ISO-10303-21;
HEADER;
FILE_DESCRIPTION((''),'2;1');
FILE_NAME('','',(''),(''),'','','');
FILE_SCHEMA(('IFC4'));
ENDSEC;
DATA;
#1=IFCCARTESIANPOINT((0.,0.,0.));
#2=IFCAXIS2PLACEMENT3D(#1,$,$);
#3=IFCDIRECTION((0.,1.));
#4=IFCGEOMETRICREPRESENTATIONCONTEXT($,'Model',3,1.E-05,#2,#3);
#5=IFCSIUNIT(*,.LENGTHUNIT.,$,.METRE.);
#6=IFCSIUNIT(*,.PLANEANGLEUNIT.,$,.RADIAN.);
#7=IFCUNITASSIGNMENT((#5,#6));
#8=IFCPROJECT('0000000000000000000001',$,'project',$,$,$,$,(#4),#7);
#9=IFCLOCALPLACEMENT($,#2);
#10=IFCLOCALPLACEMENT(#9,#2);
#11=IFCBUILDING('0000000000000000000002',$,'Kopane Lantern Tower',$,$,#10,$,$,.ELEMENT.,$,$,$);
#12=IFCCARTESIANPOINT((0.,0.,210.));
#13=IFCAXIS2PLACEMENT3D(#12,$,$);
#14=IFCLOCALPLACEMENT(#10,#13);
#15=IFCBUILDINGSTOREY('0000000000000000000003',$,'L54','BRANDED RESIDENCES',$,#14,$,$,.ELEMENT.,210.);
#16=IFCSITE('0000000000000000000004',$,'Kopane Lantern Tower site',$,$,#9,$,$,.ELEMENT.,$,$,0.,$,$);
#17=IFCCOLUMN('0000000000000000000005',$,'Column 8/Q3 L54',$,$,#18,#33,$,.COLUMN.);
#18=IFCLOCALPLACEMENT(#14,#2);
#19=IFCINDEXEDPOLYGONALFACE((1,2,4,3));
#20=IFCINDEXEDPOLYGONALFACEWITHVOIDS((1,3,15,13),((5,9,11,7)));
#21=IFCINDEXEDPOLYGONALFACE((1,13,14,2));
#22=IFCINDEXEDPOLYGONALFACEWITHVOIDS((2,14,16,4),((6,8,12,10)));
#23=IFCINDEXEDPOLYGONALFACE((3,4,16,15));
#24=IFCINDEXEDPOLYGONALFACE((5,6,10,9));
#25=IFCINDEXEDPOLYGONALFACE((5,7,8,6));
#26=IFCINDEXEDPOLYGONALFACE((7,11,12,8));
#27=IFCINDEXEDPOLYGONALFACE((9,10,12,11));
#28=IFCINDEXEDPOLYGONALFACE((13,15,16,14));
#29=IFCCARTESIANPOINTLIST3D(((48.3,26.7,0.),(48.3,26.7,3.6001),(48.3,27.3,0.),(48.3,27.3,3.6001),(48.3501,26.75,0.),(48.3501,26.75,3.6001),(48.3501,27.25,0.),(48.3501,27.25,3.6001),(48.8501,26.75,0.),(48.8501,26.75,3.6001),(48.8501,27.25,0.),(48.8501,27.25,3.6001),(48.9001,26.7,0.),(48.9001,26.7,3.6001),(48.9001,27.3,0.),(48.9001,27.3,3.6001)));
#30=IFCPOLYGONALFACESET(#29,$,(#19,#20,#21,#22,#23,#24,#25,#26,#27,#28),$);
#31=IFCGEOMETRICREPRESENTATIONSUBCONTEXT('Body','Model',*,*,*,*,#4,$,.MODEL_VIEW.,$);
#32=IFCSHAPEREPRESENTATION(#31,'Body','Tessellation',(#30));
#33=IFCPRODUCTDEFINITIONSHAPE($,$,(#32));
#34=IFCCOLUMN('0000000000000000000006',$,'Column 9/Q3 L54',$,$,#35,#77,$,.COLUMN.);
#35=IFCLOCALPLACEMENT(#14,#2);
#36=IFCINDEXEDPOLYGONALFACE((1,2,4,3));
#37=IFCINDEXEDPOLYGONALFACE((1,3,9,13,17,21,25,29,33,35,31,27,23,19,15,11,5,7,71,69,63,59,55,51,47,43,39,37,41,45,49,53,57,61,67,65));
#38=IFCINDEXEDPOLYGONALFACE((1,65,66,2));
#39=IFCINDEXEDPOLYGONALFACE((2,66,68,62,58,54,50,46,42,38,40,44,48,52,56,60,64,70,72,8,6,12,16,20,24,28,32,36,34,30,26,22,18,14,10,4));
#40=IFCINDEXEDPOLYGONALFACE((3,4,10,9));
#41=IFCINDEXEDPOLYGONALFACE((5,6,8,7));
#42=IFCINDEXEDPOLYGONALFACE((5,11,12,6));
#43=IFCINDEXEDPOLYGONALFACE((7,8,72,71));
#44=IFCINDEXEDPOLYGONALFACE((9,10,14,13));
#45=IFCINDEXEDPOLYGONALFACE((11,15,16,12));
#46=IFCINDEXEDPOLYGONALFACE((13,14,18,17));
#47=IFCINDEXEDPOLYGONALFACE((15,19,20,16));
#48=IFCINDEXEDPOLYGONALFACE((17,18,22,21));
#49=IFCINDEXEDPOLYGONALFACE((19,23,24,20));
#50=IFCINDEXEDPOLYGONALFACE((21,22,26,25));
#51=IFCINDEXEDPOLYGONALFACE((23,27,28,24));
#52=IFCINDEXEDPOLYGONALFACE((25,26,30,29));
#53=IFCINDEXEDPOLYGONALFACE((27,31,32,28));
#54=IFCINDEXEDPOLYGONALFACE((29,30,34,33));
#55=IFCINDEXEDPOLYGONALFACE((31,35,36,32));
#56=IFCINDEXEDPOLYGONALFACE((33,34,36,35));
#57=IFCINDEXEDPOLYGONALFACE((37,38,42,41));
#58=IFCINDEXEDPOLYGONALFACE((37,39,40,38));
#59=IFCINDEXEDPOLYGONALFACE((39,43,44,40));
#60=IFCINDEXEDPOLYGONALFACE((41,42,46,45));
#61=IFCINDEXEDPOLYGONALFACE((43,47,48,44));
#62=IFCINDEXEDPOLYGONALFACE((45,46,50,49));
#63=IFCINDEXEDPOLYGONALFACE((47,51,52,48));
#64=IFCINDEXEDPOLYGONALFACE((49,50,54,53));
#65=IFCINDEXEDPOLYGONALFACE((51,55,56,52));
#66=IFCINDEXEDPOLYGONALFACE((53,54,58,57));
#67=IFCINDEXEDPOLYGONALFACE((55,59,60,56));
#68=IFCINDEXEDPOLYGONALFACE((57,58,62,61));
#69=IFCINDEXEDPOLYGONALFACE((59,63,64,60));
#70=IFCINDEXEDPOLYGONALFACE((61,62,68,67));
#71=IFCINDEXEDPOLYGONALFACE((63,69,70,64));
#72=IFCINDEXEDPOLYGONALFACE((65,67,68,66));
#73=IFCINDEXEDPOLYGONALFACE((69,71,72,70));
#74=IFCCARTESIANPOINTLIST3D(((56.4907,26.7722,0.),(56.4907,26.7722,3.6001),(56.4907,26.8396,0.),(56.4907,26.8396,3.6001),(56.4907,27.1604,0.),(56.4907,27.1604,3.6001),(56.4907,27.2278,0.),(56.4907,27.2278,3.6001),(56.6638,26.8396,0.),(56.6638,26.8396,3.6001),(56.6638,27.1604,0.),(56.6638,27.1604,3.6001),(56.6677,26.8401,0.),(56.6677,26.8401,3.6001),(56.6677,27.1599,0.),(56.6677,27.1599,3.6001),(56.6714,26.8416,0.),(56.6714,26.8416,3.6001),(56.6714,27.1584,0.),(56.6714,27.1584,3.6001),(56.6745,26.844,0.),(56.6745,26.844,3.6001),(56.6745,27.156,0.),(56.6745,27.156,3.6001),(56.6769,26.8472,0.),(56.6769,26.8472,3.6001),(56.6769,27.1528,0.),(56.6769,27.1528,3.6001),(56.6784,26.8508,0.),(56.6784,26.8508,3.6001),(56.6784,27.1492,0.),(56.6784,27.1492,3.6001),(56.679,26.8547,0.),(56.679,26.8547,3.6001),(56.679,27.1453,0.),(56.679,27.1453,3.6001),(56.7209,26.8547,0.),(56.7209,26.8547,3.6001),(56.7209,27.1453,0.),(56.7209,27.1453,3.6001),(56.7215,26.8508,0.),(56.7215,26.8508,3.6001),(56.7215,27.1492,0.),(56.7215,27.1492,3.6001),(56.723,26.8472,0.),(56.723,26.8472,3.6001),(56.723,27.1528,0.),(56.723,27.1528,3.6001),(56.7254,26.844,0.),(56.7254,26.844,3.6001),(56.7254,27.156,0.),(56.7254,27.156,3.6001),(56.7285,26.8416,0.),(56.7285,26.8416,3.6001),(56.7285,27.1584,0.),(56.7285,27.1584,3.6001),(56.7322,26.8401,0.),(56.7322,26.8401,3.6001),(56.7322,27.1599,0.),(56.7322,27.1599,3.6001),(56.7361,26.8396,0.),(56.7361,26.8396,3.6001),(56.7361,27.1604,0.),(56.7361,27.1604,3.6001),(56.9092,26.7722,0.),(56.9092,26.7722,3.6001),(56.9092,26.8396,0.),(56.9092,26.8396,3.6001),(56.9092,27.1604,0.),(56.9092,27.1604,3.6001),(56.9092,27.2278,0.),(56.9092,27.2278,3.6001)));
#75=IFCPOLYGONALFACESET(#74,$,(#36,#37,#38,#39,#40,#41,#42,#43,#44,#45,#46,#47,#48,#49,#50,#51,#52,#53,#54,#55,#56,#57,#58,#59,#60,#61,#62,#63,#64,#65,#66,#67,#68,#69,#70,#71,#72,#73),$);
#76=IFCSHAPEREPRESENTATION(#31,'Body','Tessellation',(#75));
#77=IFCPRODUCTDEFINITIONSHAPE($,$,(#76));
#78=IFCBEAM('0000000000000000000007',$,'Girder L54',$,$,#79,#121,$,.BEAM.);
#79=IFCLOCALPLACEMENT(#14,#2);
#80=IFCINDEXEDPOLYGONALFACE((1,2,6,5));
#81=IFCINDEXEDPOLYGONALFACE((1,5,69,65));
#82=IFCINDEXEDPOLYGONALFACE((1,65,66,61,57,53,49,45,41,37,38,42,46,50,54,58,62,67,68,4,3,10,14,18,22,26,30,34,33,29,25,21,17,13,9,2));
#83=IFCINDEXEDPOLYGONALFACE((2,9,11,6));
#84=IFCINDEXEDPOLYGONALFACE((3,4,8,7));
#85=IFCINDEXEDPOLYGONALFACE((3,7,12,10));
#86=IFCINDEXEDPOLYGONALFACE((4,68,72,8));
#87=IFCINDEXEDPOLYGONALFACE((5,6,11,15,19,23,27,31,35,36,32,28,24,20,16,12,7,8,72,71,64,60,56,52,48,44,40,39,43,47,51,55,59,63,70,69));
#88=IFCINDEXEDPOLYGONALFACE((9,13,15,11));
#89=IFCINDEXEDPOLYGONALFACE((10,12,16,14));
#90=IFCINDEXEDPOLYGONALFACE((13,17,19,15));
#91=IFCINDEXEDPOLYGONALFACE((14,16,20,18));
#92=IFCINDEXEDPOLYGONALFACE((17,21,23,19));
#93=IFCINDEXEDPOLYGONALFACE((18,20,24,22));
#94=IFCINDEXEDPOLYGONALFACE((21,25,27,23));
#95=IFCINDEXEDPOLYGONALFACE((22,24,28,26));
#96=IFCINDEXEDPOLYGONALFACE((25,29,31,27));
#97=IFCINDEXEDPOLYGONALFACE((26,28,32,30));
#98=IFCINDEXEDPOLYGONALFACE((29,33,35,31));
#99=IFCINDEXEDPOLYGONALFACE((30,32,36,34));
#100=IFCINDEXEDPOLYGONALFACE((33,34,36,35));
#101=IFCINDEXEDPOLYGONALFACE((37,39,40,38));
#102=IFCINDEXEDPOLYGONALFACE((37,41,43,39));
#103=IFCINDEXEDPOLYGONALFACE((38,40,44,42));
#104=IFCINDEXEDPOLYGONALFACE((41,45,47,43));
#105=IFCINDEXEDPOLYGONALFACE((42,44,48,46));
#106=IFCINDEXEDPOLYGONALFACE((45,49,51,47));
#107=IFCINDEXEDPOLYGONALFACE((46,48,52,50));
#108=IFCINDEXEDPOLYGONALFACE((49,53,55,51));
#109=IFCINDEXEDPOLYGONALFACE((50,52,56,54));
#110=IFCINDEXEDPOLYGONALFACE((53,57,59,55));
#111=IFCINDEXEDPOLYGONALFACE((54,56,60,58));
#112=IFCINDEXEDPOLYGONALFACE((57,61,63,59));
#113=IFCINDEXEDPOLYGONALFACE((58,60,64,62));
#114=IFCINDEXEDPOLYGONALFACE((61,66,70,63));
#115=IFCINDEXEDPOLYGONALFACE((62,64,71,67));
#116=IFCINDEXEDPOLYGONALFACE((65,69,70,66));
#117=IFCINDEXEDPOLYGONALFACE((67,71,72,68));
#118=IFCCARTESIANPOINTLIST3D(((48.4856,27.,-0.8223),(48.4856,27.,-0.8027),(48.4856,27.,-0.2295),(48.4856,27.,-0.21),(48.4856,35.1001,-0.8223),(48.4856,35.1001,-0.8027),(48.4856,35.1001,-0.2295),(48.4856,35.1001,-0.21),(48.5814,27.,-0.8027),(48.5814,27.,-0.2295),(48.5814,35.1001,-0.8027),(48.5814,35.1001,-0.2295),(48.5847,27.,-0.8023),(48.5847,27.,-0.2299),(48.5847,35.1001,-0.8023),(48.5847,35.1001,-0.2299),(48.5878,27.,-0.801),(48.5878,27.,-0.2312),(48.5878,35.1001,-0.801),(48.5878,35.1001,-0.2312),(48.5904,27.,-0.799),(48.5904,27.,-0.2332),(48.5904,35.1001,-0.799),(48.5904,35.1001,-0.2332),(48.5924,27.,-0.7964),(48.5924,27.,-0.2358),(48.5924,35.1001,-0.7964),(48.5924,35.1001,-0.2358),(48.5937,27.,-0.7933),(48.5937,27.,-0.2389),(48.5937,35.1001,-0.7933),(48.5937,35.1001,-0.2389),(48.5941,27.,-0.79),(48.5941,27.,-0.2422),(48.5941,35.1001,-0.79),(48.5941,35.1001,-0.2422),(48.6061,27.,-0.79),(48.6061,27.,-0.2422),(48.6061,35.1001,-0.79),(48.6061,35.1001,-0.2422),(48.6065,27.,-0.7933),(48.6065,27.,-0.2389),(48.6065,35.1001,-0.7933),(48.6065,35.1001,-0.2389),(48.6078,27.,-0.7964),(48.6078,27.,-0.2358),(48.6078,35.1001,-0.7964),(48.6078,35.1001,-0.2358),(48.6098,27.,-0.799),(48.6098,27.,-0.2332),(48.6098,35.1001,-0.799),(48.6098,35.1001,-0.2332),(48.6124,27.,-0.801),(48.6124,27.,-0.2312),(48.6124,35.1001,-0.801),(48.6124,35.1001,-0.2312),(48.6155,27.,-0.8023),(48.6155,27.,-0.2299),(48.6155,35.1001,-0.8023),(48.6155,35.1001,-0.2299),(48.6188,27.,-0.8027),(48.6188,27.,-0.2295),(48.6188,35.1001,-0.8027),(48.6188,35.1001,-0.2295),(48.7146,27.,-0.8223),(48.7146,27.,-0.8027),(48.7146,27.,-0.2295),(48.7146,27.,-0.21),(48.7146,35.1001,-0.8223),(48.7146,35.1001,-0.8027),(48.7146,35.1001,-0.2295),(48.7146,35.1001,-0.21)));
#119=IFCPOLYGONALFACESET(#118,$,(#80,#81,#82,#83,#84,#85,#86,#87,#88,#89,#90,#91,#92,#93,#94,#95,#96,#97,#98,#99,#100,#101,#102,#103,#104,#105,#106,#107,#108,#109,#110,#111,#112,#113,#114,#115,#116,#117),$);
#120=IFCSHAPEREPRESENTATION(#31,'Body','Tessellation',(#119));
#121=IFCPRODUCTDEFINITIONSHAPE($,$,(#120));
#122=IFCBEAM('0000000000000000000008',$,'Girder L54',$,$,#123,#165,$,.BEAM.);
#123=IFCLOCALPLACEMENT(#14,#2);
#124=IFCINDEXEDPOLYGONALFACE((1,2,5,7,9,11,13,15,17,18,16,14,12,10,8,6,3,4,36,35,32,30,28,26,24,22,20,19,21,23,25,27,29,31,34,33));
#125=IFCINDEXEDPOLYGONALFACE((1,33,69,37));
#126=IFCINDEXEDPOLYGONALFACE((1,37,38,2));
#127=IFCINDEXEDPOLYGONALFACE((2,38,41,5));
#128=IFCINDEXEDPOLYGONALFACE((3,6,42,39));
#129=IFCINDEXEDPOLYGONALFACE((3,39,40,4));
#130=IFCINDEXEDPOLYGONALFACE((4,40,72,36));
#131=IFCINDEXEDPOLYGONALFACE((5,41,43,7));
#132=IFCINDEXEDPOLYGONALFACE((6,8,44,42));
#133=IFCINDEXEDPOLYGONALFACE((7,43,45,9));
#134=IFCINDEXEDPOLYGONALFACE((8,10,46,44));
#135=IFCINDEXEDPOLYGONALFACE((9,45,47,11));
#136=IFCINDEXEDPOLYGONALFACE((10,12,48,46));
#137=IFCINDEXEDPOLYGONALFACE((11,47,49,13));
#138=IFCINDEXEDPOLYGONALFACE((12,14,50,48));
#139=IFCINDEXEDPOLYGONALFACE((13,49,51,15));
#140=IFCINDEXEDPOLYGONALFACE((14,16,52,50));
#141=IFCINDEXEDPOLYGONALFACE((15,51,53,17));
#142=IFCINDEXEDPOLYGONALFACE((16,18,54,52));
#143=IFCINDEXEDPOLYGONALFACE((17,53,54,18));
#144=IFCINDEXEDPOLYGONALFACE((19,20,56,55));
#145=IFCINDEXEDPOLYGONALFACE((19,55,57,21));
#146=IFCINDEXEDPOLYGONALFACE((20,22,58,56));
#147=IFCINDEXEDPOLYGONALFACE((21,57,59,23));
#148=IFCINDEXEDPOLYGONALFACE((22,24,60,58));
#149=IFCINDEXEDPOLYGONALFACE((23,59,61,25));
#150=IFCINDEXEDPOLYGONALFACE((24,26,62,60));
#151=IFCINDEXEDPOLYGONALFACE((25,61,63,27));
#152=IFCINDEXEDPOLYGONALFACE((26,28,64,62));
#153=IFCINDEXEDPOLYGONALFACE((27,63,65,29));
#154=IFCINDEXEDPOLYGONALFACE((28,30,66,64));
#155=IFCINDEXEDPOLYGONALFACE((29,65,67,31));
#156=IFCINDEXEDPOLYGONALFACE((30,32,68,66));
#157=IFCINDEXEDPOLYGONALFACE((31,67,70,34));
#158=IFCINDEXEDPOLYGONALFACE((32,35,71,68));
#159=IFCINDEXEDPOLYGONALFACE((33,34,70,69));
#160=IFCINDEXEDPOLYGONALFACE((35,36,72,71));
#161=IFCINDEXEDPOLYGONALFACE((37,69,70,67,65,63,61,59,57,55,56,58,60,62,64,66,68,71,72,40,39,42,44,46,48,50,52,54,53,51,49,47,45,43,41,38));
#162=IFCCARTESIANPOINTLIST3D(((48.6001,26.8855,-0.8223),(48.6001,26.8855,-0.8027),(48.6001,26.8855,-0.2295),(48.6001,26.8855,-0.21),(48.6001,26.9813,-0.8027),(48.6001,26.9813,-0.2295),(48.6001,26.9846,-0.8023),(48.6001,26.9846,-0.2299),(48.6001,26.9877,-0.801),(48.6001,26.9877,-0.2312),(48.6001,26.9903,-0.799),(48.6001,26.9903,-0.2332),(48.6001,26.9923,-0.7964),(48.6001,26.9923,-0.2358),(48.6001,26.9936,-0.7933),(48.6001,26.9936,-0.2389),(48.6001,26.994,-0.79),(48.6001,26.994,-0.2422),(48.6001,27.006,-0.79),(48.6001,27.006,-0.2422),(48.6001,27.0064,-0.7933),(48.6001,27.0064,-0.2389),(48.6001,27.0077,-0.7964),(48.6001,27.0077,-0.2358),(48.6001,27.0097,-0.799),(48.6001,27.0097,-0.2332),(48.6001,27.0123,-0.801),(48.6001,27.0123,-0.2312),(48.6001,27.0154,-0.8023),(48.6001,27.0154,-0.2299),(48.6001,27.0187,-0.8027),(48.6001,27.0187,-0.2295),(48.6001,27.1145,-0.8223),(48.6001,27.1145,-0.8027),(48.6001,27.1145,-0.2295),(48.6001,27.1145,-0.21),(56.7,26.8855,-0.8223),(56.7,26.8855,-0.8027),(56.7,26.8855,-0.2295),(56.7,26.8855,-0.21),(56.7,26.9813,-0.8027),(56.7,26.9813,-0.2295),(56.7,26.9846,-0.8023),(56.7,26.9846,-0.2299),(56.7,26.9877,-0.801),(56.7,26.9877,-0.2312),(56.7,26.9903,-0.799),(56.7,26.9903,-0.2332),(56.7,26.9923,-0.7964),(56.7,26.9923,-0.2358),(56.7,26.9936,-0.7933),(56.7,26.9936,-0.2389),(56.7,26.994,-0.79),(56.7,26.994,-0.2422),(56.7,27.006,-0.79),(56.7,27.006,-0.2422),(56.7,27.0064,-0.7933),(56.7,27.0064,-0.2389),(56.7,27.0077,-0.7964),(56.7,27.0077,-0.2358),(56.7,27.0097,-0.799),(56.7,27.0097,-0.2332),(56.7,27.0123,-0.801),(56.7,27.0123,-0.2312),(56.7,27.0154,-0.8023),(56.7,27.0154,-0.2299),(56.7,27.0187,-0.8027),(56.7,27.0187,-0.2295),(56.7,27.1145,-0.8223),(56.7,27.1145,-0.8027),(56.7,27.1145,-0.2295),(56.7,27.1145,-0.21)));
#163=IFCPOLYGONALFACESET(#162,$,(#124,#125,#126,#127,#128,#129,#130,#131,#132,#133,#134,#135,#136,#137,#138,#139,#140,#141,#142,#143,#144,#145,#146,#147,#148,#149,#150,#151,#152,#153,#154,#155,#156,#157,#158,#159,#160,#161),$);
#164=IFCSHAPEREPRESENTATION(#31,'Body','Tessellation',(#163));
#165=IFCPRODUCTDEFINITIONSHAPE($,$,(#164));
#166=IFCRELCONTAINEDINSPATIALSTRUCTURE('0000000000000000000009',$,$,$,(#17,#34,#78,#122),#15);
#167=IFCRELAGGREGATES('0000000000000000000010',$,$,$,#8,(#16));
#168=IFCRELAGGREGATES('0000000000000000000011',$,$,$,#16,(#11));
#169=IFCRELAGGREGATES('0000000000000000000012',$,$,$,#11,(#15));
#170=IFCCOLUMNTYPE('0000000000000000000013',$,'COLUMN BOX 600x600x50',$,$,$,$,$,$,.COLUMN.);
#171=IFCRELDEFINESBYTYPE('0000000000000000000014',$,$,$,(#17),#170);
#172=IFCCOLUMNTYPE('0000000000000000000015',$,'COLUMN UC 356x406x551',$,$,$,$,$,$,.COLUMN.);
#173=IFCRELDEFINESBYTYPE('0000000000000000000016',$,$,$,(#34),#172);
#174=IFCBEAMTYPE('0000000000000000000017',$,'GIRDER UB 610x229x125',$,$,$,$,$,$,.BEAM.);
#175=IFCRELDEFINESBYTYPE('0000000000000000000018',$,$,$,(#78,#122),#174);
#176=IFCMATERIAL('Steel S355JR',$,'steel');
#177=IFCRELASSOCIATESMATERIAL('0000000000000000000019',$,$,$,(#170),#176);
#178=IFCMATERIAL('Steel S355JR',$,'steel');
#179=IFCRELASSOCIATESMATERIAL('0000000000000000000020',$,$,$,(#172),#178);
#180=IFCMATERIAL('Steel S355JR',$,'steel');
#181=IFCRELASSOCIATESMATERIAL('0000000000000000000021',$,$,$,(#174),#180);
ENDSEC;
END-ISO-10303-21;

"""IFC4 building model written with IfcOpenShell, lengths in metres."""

from ifc_helpers import new_model, si_unit, direction, frame, origin, origin_2d, place, context, subcontext, project, spatial, hollow_rectangle, i_section, extrude, material, material_profile, profile_set, type_object, element, save


model = new_model("IFC4")

# Units and contexts
model_context = context("Model", 3, precision=1e-05, world=origin(), true_north=direction((0.0, 1.0)))
body_context = subcontext(model_context, "Body", "Model", "MODEL_VIEW")
ifc_project = project(units=[si_unit("LENGTHUNIT", "METRE"), si_unit("PLANEANGLEUNIT", "RADIAN")], contexts=[model_context])

# Site, building, storey
site_placement = place(None, origin())
site = spatial("IfcSite", under=ifc_project, at=site_placement, Name="Kopane Lantern Tower site", CompositionType="ELEMENT", RefElevation=0.0)
building_placement = place(site_placement, origin())
building = spatial("IfcBuilding", under=site, at=building_placement, Name="Kopane Lantern Tower", CompositionType="ELEMENT")
storey_placement = place(building_placement, frame((0.0, 0.0, 210.0)))
storey = spatial("IfcBuildingStorey", under=building, at=storey_placement, Name="L54", Description="BRANDED RESIDENCES", CompositionType="ELEMENT", Elevation=210.0)

# Columns
ifc_material_1 = material(Name="Steel S355JR", Category="steel")
ifc_material_profile_1 = material_profile(ifc_material_1, hollow_rectangle(XDim=0.6001, YDim=0.6001, WallThickness=0.05, at=origin_2d()), Name="BOX 600x600x50")
ifc_profile_set_1 = profile_set([ifc_material_profile_1], Name="Steel S355JR")
column_type_1 = type_object("IfcColumnType", Name="COLUMN BOX 600x600x50", PredefinedType="COLUMN", material=ifc_profile_set_1)
column_1_placement = place(storey_placement, frame((48.6001, 27.0, 0.0), z_axis=(0.0, 0.0, 1.0), x_axis=(1.0, 0.0, 0.0)))
element("IfcColumn", 1, at=column_1_placement, inside=storey, type_object=column_type_1, Name="Column 8/Q3 L54", PredefinedType="COLUMN", context=body_context, shape_type="SweptSolid", body=[
    extrude(hollow_rectangle(XDim=0.6001, YDim=0.6001, WallThickness=0.05, at=origin_2d()), origin(), (0.0, 0.0, 1.0), 3.6001),
])
ifc_material_2 = material(Name="Steel S355JR", Category="steel")
ifc_material_profile_2 = material_profile(ifc_material_2, i_section(OverallWidth=0.4185, OverallDepth=0.4556, WebThickness=0.042, FlangeThickness=0.0674, FilletRadius=0.0151, at=origin_2d()), Name="UC 356x406x551")
ifc_profile_set_2 = profile_set([ifc_material_profile_2], Name="Steel S355JR")
column_type_2 = type_object("IfcColumnType", Name="COLUMN UC 356x406x551", PredefinedType="COLUMN", material=ifc_profile_set_2)
column_2_placement = place(storey_placement, frame((56.7, 27.0, 0.0), z_axis=(0.0, 0.0, 1.0), x_axis=(1.0, 0.0, 0.0)))
element("IfcColumn", 2, at=column_2_placement, inside=storey, type_object=column_type_2, Name="Column 9/Q3 L54", PredefinedType="COLUMN", context=body_context, shape_type="SweptSolid", body=[
    extrude(i_section(OverallWidth=0.4185, OverallDepth=0.4556, WebThickness=0.042, FlangeThickness=0.0674, FilletRadius=0.0151, at=origin_2d()), origin(), (0.0, 0.0, 1.0), 3.6001),
])

# Beams
ifc_material_3 = material(Name="Steel S355JR", Category="steel")
ifc_material_profile_3 = material_profile(ifc_material_3, i_section(OverallWidth=0.229, OverallDepth=0.6123, WebThickness=0.012, FlangeThickness=0.0195, FilletRadius=0.0127, at=origin_2d()), Name="UB 610x229x125")
ifc_profile_set_3 = profile_set([ifc_material_profile_3], Name="Steel S355JR")
beam_type = type_object("IfcBeamType", Name="GIRDER UB 610x229x125", PredefinedType="BEAM", material=ifc_profile_set_3)
beam_1_placement = place(storey_placement, frame((48.6001, 27.0, -0.5161), z_axis=(0.0, 1.0, 0.0), x_axis=(-1.0, 0.0, 0.0)))
element("IfcBeam", 3, at=beam_1_placement, inside=storey, type_object=beam_type, Name="Girder L54", PredefinedType="BEAM", context=body_context, shape_type="SweptSolid", body=[
    extrude(i_section(OverallWidth=0.229, OverallDepth=0.6123, WebThickness=0.012, FlangeThickness=0.0195, FilletRadius=0.0127, at=origin_2d()), origin(), (0.0, 0.0, 1.0), 8.1001),
])
beam_2_placement = place(storey_placement, frame((48.6001, 27.0, -0.5161), z_axis=(1.0, 0.0, 0.0), x_axis=(0.0, 1.0, 0.0)))
element("IfcBeam", 4, at=beam_2_placement, inside=storey, type_object=beam_type, Name="Girder L54", PredefinedType="BEAM", context=body_context, shape_type="SweptSolid", body=[
    extrude(i_section(OverallWidth=0.229, OverallDepth=0.6123, WebThickness=0.012, FlangeThickness=0.0195, FilletRadius=0.0127, at=origin_2d()), origin(), (0.0, 0.0, 1.0), 8.0999),
])

save(model, "model.ifc")
